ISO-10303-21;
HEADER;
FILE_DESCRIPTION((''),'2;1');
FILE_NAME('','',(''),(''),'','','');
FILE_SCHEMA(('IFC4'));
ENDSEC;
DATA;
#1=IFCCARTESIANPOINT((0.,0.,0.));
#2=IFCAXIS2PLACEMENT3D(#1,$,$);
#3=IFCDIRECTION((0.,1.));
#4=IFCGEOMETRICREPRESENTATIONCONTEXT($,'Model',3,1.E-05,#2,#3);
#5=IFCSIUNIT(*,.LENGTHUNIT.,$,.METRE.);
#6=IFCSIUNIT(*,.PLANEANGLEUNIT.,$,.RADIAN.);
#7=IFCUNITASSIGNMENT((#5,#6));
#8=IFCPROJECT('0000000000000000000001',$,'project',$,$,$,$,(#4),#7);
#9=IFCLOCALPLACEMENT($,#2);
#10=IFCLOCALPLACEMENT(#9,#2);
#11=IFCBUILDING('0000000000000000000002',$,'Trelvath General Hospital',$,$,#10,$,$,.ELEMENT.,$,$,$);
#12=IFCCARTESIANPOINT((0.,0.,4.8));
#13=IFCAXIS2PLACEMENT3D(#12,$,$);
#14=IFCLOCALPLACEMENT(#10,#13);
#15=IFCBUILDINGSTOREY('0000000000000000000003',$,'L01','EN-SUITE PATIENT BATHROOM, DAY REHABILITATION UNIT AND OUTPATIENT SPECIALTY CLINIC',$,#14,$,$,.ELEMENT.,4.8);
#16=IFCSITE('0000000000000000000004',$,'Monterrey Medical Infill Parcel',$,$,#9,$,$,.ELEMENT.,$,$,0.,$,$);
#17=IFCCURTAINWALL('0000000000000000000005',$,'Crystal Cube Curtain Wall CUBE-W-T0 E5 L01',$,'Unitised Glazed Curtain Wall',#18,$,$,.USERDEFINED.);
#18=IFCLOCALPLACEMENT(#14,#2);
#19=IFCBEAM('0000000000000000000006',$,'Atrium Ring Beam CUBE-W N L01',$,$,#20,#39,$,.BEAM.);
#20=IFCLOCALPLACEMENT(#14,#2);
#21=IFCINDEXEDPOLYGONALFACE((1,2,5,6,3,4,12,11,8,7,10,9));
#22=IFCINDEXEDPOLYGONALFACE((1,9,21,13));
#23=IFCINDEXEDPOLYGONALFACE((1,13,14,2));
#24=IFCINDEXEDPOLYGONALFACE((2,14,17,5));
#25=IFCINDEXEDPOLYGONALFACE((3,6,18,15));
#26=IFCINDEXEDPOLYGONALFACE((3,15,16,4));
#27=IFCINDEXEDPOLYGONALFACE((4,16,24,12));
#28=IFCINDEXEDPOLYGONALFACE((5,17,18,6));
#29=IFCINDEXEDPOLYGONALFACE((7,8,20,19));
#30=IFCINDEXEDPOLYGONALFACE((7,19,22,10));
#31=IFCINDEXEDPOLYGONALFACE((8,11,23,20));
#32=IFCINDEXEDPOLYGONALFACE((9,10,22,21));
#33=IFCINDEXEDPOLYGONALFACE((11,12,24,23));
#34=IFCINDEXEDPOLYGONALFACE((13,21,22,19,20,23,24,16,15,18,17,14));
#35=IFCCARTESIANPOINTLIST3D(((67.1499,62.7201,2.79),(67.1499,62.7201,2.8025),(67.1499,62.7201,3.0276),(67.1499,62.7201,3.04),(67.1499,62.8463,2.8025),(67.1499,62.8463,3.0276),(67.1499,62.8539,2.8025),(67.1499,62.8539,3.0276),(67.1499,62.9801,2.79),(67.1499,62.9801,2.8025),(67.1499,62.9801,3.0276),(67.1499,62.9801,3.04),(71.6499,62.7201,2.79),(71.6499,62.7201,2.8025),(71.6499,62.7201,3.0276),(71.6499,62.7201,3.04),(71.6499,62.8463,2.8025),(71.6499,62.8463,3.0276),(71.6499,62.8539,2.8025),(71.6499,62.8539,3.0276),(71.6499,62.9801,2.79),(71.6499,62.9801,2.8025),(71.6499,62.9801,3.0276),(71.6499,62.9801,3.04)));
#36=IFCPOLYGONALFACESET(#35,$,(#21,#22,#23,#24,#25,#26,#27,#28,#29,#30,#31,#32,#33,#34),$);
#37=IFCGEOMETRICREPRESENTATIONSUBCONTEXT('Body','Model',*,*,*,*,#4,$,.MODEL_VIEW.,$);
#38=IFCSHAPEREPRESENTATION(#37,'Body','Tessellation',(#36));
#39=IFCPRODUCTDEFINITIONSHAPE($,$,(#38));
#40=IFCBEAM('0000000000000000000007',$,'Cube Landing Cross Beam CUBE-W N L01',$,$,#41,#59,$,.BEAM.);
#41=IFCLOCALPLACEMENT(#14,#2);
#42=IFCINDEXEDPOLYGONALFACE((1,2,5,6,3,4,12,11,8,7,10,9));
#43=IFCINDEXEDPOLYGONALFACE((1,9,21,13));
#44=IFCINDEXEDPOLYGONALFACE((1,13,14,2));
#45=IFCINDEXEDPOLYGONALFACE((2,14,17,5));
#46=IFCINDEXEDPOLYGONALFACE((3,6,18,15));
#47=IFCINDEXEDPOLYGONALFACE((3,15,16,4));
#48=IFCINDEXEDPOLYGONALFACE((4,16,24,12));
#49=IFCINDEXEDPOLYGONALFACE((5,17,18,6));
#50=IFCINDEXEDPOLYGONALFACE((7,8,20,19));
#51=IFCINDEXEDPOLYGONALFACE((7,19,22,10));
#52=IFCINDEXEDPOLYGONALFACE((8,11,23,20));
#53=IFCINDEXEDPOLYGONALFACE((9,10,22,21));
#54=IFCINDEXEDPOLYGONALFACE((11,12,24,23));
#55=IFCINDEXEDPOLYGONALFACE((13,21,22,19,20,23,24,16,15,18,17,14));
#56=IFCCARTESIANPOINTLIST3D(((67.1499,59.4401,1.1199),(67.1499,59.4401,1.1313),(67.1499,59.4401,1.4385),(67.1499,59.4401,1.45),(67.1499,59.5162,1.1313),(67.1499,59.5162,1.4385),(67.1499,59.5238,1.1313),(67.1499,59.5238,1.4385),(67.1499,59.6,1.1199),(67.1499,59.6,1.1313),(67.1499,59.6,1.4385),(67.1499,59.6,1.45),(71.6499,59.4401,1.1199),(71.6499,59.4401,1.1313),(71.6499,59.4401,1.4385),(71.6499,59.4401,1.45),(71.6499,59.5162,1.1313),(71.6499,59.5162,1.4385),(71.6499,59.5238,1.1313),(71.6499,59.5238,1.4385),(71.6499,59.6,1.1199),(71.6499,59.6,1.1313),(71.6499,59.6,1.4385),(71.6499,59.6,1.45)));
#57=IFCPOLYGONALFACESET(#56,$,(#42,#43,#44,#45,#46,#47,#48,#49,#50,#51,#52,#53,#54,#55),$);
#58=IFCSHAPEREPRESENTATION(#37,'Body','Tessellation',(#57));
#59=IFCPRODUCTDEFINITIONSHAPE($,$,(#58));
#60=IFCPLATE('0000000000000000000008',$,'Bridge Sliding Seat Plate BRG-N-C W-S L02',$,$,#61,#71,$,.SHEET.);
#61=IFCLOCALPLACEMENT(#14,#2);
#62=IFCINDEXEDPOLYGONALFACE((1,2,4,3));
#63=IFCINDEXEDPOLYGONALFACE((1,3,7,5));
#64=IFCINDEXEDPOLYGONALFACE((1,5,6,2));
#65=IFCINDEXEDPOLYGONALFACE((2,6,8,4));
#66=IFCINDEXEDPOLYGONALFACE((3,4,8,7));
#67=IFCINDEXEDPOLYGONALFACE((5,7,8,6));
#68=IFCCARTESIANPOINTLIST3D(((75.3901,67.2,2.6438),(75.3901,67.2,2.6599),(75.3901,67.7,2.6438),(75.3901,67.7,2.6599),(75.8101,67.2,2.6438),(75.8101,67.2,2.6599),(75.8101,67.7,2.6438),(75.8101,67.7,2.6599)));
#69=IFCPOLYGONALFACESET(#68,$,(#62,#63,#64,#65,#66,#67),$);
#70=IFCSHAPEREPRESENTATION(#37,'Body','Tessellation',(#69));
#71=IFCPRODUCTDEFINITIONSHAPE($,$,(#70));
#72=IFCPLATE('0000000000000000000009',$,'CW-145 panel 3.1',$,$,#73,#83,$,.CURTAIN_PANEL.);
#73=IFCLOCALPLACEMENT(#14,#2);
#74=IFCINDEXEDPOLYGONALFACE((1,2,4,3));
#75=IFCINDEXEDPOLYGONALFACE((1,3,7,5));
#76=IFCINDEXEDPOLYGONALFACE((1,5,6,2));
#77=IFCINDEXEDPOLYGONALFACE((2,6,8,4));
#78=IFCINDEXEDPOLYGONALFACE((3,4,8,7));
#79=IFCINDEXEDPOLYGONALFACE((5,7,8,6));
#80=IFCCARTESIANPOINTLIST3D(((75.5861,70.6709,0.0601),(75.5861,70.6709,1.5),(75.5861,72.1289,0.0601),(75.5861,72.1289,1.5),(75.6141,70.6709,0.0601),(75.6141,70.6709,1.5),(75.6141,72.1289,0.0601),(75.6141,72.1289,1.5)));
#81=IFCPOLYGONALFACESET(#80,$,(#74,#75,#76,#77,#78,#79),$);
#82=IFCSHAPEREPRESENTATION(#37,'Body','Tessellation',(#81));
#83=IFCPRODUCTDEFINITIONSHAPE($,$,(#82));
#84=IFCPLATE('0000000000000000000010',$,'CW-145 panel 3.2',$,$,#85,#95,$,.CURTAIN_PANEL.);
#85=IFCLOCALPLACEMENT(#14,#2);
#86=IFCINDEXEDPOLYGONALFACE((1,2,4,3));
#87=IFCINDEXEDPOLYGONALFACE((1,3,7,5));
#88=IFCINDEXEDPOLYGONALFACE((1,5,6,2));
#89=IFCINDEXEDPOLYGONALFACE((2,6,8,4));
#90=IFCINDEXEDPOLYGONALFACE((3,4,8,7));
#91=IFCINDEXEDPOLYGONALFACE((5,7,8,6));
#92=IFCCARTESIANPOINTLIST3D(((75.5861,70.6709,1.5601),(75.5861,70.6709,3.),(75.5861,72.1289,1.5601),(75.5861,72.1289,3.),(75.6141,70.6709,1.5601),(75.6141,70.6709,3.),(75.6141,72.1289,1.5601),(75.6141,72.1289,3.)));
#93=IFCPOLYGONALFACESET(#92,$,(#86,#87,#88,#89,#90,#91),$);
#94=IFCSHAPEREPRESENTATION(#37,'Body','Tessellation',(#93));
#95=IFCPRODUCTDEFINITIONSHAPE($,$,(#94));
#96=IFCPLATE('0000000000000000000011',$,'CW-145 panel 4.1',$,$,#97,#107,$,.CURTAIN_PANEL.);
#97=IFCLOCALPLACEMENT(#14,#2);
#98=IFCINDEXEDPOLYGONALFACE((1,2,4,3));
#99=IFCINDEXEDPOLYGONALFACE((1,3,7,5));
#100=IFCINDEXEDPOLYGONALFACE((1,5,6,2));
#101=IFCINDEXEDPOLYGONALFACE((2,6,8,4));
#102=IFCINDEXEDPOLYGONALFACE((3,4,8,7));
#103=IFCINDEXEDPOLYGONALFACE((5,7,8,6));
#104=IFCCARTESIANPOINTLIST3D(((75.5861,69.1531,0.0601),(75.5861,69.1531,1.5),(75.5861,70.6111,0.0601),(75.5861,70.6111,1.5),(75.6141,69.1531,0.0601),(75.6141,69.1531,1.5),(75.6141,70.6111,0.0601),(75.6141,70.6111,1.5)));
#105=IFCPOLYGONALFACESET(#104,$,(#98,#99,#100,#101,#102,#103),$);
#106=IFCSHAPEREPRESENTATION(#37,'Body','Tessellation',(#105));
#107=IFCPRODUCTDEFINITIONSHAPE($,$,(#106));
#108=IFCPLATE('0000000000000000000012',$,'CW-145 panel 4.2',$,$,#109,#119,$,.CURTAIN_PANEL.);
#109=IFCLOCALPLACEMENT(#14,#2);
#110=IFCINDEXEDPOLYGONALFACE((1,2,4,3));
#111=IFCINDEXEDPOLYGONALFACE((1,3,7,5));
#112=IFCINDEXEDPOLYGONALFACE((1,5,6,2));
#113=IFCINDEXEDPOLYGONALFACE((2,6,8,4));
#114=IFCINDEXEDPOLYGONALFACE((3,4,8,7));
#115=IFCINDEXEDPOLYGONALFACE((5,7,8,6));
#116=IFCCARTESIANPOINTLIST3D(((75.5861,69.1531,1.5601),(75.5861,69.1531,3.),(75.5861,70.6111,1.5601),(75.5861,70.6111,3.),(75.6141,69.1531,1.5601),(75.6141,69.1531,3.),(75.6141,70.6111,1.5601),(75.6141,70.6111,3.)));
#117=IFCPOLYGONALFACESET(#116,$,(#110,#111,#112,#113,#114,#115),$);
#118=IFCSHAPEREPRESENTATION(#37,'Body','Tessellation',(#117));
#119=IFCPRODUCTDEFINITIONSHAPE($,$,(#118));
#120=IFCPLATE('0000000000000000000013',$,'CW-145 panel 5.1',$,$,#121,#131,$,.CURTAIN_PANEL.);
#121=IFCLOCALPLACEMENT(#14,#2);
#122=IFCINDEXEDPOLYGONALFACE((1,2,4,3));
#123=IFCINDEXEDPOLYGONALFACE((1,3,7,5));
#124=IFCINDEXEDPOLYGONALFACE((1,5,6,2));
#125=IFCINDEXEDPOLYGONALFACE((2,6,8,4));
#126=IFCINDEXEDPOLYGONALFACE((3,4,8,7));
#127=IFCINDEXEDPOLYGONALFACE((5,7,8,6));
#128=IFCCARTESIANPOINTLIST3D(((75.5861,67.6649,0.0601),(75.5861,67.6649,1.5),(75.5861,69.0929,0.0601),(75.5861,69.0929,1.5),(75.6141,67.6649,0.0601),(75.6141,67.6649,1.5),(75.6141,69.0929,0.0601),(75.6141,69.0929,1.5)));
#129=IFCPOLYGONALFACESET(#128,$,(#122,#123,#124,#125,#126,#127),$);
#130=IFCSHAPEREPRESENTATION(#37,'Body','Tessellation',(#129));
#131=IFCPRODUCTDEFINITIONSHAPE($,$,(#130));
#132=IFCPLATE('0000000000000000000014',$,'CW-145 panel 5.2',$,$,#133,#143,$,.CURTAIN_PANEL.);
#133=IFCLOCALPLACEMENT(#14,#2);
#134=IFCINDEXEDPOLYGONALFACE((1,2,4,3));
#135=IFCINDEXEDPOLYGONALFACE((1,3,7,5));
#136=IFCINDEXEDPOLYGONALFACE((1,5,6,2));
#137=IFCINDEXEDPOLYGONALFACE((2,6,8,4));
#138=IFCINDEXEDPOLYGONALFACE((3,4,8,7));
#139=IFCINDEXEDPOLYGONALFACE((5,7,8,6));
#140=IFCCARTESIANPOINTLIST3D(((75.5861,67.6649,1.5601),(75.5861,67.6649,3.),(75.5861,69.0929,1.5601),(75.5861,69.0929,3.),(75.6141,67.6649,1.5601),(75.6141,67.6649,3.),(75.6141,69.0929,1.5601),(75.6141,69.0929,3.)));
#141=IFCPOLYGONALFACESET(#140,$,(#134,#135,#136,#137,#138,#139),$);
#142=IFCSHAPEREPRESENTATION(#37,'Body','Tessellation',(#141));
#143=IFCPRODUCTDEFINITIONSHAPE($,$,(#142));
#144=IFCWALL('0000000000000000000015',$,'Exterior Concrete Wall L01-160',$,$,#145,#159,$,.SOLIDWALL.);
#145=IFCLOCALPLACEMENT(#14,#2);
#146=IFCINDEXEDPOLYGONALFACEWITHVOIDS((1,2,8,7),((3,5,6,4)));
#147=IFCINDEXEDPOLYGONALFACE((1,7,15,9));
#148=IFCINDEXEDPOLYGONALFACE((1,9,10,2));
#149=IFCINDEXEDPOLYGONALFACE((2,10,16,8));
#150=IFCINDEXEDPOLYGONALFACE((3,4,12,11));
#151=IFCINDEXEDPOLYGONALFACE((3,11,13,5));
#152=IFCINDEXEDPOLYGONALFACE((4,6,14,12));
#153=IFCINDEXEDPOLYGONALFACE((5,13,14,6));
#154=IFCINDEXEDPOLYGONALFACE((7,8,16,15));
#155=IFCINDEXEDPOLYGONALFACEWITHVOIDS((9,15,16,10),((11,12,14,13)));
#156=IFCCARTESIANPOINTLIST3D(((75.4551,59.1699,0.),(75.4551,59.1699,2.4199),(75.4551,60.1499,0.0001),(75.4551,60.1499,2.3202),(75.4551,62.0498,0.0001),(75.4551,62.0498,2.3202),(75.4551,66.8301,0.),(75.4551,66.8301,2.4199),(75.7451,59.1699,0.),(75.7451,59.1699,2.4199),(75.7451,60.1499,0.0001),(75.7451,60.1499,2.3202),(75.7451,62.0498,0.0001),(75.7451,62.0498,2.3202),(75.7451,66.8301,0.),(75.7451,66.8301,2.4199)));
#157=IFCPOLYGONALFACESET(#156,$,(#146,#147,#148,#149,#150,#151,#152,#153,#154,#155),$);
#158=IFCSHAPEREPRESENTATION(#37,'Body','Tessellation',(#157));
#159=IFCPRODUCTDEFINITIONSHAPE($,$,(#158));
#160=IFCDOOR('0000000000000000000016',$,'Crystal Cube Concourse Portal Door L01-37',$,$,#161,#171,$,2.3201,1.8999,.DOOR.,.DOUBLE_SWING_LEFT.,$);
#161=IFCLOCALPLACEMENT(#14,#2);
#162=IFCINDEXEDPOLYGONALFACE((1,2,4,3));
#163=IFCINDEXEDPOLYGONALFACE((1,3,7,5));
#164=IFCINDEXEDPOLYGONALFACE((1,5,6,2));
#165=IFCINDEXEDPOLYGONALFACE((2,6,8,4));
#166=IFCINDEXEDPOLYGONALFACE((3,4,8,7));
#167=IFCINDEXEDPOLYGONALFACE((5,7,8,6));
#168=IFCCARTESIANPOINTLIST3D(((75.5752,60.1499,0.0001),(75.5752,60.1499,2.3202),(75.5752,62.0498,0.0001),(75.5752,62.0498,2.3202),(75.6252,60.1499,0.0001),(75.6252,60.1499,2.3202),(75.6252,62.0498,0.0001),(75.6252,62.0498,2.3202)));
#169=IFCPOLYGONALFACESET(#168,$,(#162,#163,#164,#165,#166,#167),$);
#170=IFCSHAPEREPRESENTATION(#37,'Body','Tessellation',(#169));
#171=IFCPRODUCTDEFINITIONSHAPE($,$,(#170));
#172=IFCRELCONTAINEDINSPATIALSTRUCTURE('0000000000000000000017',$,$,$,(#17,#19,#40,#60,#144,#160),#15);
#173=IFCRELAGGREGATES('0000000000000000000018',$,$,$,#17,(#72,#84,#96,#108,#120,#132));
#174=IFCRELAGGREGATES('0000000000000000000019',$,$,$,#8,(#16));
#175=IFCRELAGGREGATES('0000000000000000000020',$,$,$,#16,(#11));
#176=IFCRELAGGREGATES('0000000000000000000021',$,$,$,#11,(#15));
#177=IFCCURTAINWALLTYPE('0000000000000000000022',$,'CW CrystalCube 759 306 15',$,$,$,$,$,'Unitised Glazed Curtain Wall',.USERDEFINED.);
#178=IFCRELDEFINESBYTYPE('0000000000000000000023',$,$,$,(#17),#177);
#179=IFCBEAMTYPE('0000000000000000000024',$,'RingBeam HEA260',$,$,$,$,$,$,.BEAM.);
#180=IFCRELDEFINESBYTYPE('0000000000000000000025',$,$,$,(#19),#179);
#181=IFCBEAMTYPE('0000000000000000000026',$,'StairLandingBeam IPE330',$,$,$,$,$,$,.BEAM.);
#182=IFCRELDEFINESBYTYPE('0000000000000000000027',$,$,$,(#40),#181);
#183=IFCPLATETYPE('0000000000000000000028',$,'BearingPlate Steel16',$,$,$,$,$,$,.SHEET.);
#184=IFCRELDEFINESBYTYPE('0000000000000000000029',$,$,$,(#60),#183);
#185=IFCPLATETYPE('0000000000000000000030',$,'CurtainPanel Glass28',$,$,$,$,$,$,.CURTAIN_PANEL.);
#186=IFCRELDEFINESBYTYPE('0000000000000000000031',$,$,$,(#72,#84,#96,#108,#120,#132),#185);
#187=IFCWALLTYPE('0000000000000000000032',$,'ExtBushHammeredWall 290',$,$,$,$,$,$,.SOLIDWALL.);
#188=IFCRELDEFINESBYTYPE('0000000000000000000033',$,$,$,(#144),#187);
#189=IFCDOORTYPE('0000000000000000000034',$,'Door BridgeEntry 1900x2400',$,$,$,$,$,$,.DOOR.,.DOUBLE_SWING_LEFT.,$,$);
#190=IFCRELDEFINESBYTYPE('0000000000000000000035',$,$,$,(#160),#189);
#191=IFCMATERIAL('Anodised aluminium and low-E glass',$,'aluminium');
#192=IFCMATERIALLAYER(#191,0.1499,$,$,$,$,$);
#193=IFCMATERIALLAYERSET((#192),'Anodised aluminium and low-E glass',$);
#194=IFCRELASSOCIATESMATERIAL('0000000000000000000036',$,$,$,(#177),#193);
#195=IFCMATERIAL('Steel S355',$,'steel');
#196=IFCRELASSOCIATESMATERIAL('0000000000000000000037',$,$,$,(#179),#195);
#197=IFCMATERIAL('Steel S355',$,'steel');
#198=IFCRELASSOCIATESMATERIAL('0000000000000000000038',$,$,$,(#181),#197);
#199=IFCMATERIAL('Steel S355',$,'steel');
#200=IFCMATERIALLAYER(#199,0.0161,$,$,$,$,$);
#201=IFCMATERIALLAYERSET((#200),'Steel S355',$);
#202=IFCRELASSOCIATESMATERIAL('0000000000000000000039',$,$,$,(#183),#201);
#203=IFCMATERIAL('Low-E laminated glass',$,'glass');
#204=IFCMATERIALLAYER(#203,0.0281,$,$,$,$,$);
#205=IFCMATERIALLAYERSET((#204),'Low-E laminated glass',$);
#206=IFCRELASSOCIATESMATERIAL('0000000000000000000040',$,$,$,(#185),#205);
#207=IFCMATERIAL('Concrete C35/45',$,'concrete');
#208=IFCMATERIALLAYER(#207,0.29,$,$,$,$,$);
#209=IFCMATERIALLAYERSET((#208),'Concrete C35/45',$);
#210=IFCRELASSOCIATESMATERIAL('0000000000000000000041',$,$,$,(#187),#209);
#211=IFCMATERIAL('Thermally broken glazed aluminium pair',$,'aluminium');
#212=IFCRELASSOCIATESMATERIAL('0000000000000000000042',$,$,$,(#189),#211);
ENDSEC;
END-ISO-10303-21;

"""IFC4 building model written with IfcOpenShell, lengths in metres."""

from ifc_helpers import new_model, si_unit, direction, frame, frame_2d, origin, origin_2d, place, context, subcontext, project, spatial, rectangle, i_section, extrude, material, layer, layer_set, material_profile, profile_set, type_object, element, fill, aggregate, save


model = new_model("IFC4")

# Units and contexts
model_context = context("Model", 3, precision=1e-05, world=origin(), true_north=direction((0.0, 1.0)))
body_context = subcontext(model_context, "Body", "Model", "MODEL_VIEW")
ifc_project = project(units=[si_unit("LENGTHUNIT", "METRE"), si_unit("PLANEANGLEUNIT", "RADIAN")], contexts=[model_context])

# Site, building, storey
site_placement = place(None, origin())
site = spatial("IfcSite", under=ifc_project, at=site_placement, Name="Monterrey Medical Infill Parcel", CompositionType="ELEMENT", RefElevation=0.0)
building_placement = place(site_placement, origin())
building = spatial("IfcBuilding", under=site, at=building_placement, Name="Trelvath General Hospital", CompositionType="ELEMENT")
storey_placement = place(building_placement, frame((0.0, 0.0, 4.8)))
storey = spatial("IfcBuildingStorey", under=building, at=storey_placement, Name="L01", Description="EN-SUITE PATIENT BATHROOM, DAY REHABILITATION UNIT AND OUTPATIENT SPECIALTY CLINIC", CompositionType="ELEMENT", Elevation=4.8)

# Curtain wall
ifc_material_1 = material(Name="Anodised aluminium and low-E glass", Category="aluminium")
ifc_layer_1 = layer(ifc_material_1, 0.1499)
ifc_layer_set_1 = layer_set([ifc_layer_1], Name="Anodised aluminium and low-E glass")
curtain_wall_type = type_object("IfcCurtainWallType", Name="CW CrystalCube 759 306 15", ElementType="Unitised Glazed Curtain Wall", PredefinedType="USERDEFINED", material=ifc_layer_set_1)
curtain_wall_placement = place(storey_placement, origin())
curtain_wall = element("IfcCurtainWall", 1, at=curtain_wall_placement, inside=storey, type_object=curtain_wall_type, Name="Crystal Cube Curtain Wall CUBE-W-T0 E5 L01", ObjectType="Unitised Glazed Curtain Wall", PredefinedType="USERDEFINED")

# Beams
ifc_material_2 = material(Name="Steel S355", Category="steel")
ifc_material_profile_1 = material_profile(ifc_material_2, i_section(OverallWidth=0.26, OverallDepth=0.25, WebThickness=0.0076, FlangeThickness=0.0125, at=origin_2d()), Name="HEA260")
ifc_profile_set_1 = profile_set([ifc_material_profile_1], Name="Steel S355")
beam_type_1 = type_object("IfcBeamType", Name="RingBeam HEA260", PredefinedType="BEAM", material=ifc_profile_set_1)
beam_1_placement = place(storey_placement, frame((67.1499, 62.8501, 2.915), z_axis=(1.0, 0.0, 0.0), x_axis=(0.0, 1.0, 0.0)))
element("IfcBeam", 2, at=beam_1_placement, inside=storey, type_object=beam_type_1, Name="Atrium Ring Beam CUBE-W N L01", PredefinedType="BEAM", context=body_context, shape_type="SweptSolid", body=[
    extrude(i_section(OverallWidth=0.26, OverallDepth=0.25, WebThickness=0.0076, FlangeThickness=0.0125, at=origin_2d()), origin(), (0.0, 0.0, 1.0), 4.5),
])
ifc_material_3 = material(Name="Steel S355", Category="steel")
ifc_material_profile_2 = material_profile(ifc_material_3, i_section(OverallWidth=0.1599, OverallDepth=0.3301, WebThickness=0.0076, FlangeThickness=0.0115, at=origin_2d()), Name="IPE330")
ifc_profile_set_2 = profile_set([ifc_material_profile_2], Name="Steel S355")
beam_type_2 = type_object("IfcBeamType", Name="StairLandingBeam IPE330", PredefinedType="BEAM", material=ifc_profile_set_2)
beam_2_placement = place(storey_placement, frame((67.1499, 59.52, 1.2849), z_axis=(1.0, 0.0, 0.0), x_axis=(0.0, 1.0, 0.0)))
element("IfcBeam", 3, at=beam_2_placement, inside=storey, type_object=beam_type_2, Name="Cube Landing Cross Beam CUBE-W N L01", PredefinedType="BEAM", context=body_context, shape_type="SweptSolid", body=[
    extrude(i_section(OverallWidth=0.1599, OverallDepth=0.3301, WebThickness=0.0076, FlangeThickness=0.0115, at=origin_2d()), origin(), (0.0, 0.0, 1.0), 4.5),
])

# Plates
ifc_material_4 = material(Name="Steel S355", Category="steel")
ifc_layer_2 = layer(ifc_material_4, 0.0161)
ifc_layer_set_2 = layer_set([ifc_layer_2], Name="Steel S355")
plate_type_1 = type_object("IfcPlateType", Name="BearingPlate Steel16", PredefinedType="SHEET", material=ifc_layer_set_2)
plate_1_placement = place(storey_placement, frame((75.6001, 67.45, 2.6438), z_axis=(0.0, 0.0, 1.0), x_axis=(1.0, 0.0, 0.0)))
element("IfcPlate", 4, at=plate_1_placement, inside=storey, type_object=plate_type_1, Name="Bridge Sliding Seat Plate BRG-N-C W-S L02", PredefinedType="SHEET", context=body_context, shape_type="SweptSolid", body=[
    extrude(rectangle(XDim=0.4199, YDim=0.5, at=origin_2d()), origin(), (0.0, 0.0, 1.0), 0.0161),
])
ifc_material_5 = material(Name="Low-E laminated glass", Category="glass")
ifc_layer_3 = layer(ifc_material_5, 0.0281)
ifc_layer_set_3 = layer_set([ifc_layer_3], Name="Low-E laminated glass")
plate_type_2 = type_object("IfcPlateType", Name="CurtainPanel Glass28", PredefinedType="CURTAIN_PANEL", material=ifc_layer_set_3)
plate_2_placement = place(storey_placement, frame((75.6001, 71.3999, 0.0601), z_axis=(0.0, 0.0, 1.0), x_axis=(0.0, -1.0, 0.0)))
plate_2 = element("IfcPlate", 5, at=plate_2_placement, type_object=plate_type_2, Name="CW-145 panel 3.1", PredefinedType="CURTAIN_PANEL", context=body_context, shape_type="SweptSolid", body=[
    extrude(rectangle(XDim=1.458, YDim=0.0281, at=origin_2d()), origin(), (0.0, 0.0, 1.0), 1.4399),
])
plate_3_placement = place(storey_placement, frame((75.6001, 71.3999, 1.5601), z_axis=(0.0, 0.0, 1.0), x_axis=(0.0, -1.0, 0.0)))
plate_3 = element("IfcPlate", 6, at=plate_3_placement, type_object=plate_type_2, Name="CW-145 panel 3.2", PredefinedType="CURTAIN_PANEL", context=body_context, shape_type="SweptSolid", body=[
    extrude(rectangle(XDim=1.458, YDim=0.0281, at=origin_2d()), origin(), (0.0, 0.0, 1.0), 1.4399),
])
plate_4_placement = place(storey_placement, frame((75.6001, 69.8821, 0.0601), z_axis=(0.0, 0.0, 1.0), x_axis=(0.0, -1.0, 0.0)))
plate_4 = element("IfcPlate", 7, at=plate_4_placement, type_object=plate_type_2, Name="CW-145 panel 4.1", PredefinedType="CURTAIN_PANEL", context=body_context, shape_type="SweptSolid", body=[
    extrude(rectangle(XDim=1.458, YDim=0.0281, at=origin_2d()), origin(), (0.0, 0.0, 1.0), 1.4399),
])
plate_5_placement = place(storey_placement, frame((75.6001, 69.8821, 1.5601), z_axis=(0.0, 0.0, 1.0), x_axis=(0.0, -1.0, 0.0)))
plate_5 = element("IfcPlate", 8, at=plate_5_placement, type_object=plate_type_2, Name="CW-145 panel 4.2", PredefinedType="CURTAIN_PANEL", context=body_context, shape_type="SweptSolid", body=[
    extrude(rectangle(XDim=1.458, YDim=0.0281, at=origin_2d()), origin(), (0.0, 0.0, 1.0), 1.4399),
])
plate_6_placement = place(storey_placement, frame((75.6001, 68.3789, 0.0601), z_axis=(0.0, 0.0, 1.0), x_axis=(0.0, -1.0, 0.0)))
plate_6 = element("IfcPlate", 9, at=plate_6_placement, type_object=plate_type_2, Name="CW-145 panel 5.1", PredefinedType="CURTAIN_PANEL", context=body_context, shape_type="SweptSolid", body=[
    extrude(rectangle(XDim=1.428, YDim=0.0281, at=origin_2d()), origin(), (0.0, 0.0, 1.0), 1.4399),
])
plate_7_placement = place(storey_placement, frame((75.6001, 68.3789, 1.5601), z_axis=(0.0, 0.0, 1.0), x_axis=(0.0, -1.0, 0.0)))
plate_7 = element("IfcPlate", 10, at=plate_7_placement, type_object=plate_type_2, Name="CW-145 panel 5.2", PredefinedType="CURTAIN_PANEL", context=body_context, shape_type="SweptSolid", body=[
    extrude(rectangle(XDim=1.428, YDim=0.0281, at=origin_2d()), origin(), (0.0, 0.0, 1.0), 1.4399),
])
aggregate(curtain_wall, [plate_2, plate_3, plate_4, plate_5, plate_6, plate_7])

# Wall, opening, door
ifc_material_6 = material(Name="Concrete C35/45", Category="concrete")
ifc_layer_4 = layer(ifc_material_6, 0.29)
ifc_layer_set_4 = layer_set([ifc_layer_4], Name="Concrete C35/45")
wall_type = type_object("IfcWallType", Name="ExtBushHammeredWall 290", PredefinedType="SOLIDWALL", material=ifc_layer_set_4)
wall_placement = place(storey_placement, frame((75.6001, 59.1699, 0.0), z_axis=(0.0, 0.0, 1.0), x_axis=(0.0, 1.0, 0.0)))
wall = element("IfcWall", 11, at=wall_placement, inside=storey, type_object=wall_type, Name="Exterior Concrete Wall L01-160", PredefinedType="SOLIDWALL", context=body_context, shape_type="SweptSolid", body=[
    extrude(rectangle(XDim=7.6602, YDim=0.29, at=frame_2d((3.8301, 0.0))), origin(), (0.0, 0.0, 1.0), 2.4199),
])
opening_placement = place(wall_placement, frame((0.98, 0.0, 0.0)))
opening = element("IfcOpeningElement", 12, at=opening_placement, cuts=wall, PredefinedType="OPENING", context=body_context, shape_type="SweptSolid", body=[
    extrude(rectangle(XDim=1.8999, YDim=2.3201, at=frame_2d((0.95, 1.1602))), frame((0.0, 0.155, 0.0), z_axis=(0.0, -1.0, 0.0), x_axis=(1.0, 0.0, 0.0)), (0.0, 0.0, 1.0), 0.3101),
])
ifc_material_7 = material(Name="Thermally broken glazed aluminium pair", Category="aluminium")
door_type = type_object("IfcDoorType", Name="Door BridgeEntry 1900x2400", OperationType="DOUBLE_SWING_LEFT", PredefinedType="DOOR", material=ifc_material_7)
door_placement = place(opening_placement, origin())
door = element("IfcDoor", 13, at=door_placement, inside=storey, type_object=door_type, Name="Crystal Cube Concourse Portal Door L01-37", OperationType="DOUBLE_SWING_LEFT", OverallHeight=2.3201, OverallWidth=1.8999, PredefinedType="DOOR", context=body_context, shape_type="SweptSolid", body=[
    extrude(rectangle(XDim=1.8999, YDim=2.3201, at=frame_2d((0.95, 1.1602))), frame((0.0, 0.0249, 0.0), z_axis=(0.0, -1.0, 0.0), x_axis=(1.0, 0.0, 0.0)), (0.0, 0.0, 1.0), 0.05),
])
fill(opening, door)

save(model, "model.ifc")
